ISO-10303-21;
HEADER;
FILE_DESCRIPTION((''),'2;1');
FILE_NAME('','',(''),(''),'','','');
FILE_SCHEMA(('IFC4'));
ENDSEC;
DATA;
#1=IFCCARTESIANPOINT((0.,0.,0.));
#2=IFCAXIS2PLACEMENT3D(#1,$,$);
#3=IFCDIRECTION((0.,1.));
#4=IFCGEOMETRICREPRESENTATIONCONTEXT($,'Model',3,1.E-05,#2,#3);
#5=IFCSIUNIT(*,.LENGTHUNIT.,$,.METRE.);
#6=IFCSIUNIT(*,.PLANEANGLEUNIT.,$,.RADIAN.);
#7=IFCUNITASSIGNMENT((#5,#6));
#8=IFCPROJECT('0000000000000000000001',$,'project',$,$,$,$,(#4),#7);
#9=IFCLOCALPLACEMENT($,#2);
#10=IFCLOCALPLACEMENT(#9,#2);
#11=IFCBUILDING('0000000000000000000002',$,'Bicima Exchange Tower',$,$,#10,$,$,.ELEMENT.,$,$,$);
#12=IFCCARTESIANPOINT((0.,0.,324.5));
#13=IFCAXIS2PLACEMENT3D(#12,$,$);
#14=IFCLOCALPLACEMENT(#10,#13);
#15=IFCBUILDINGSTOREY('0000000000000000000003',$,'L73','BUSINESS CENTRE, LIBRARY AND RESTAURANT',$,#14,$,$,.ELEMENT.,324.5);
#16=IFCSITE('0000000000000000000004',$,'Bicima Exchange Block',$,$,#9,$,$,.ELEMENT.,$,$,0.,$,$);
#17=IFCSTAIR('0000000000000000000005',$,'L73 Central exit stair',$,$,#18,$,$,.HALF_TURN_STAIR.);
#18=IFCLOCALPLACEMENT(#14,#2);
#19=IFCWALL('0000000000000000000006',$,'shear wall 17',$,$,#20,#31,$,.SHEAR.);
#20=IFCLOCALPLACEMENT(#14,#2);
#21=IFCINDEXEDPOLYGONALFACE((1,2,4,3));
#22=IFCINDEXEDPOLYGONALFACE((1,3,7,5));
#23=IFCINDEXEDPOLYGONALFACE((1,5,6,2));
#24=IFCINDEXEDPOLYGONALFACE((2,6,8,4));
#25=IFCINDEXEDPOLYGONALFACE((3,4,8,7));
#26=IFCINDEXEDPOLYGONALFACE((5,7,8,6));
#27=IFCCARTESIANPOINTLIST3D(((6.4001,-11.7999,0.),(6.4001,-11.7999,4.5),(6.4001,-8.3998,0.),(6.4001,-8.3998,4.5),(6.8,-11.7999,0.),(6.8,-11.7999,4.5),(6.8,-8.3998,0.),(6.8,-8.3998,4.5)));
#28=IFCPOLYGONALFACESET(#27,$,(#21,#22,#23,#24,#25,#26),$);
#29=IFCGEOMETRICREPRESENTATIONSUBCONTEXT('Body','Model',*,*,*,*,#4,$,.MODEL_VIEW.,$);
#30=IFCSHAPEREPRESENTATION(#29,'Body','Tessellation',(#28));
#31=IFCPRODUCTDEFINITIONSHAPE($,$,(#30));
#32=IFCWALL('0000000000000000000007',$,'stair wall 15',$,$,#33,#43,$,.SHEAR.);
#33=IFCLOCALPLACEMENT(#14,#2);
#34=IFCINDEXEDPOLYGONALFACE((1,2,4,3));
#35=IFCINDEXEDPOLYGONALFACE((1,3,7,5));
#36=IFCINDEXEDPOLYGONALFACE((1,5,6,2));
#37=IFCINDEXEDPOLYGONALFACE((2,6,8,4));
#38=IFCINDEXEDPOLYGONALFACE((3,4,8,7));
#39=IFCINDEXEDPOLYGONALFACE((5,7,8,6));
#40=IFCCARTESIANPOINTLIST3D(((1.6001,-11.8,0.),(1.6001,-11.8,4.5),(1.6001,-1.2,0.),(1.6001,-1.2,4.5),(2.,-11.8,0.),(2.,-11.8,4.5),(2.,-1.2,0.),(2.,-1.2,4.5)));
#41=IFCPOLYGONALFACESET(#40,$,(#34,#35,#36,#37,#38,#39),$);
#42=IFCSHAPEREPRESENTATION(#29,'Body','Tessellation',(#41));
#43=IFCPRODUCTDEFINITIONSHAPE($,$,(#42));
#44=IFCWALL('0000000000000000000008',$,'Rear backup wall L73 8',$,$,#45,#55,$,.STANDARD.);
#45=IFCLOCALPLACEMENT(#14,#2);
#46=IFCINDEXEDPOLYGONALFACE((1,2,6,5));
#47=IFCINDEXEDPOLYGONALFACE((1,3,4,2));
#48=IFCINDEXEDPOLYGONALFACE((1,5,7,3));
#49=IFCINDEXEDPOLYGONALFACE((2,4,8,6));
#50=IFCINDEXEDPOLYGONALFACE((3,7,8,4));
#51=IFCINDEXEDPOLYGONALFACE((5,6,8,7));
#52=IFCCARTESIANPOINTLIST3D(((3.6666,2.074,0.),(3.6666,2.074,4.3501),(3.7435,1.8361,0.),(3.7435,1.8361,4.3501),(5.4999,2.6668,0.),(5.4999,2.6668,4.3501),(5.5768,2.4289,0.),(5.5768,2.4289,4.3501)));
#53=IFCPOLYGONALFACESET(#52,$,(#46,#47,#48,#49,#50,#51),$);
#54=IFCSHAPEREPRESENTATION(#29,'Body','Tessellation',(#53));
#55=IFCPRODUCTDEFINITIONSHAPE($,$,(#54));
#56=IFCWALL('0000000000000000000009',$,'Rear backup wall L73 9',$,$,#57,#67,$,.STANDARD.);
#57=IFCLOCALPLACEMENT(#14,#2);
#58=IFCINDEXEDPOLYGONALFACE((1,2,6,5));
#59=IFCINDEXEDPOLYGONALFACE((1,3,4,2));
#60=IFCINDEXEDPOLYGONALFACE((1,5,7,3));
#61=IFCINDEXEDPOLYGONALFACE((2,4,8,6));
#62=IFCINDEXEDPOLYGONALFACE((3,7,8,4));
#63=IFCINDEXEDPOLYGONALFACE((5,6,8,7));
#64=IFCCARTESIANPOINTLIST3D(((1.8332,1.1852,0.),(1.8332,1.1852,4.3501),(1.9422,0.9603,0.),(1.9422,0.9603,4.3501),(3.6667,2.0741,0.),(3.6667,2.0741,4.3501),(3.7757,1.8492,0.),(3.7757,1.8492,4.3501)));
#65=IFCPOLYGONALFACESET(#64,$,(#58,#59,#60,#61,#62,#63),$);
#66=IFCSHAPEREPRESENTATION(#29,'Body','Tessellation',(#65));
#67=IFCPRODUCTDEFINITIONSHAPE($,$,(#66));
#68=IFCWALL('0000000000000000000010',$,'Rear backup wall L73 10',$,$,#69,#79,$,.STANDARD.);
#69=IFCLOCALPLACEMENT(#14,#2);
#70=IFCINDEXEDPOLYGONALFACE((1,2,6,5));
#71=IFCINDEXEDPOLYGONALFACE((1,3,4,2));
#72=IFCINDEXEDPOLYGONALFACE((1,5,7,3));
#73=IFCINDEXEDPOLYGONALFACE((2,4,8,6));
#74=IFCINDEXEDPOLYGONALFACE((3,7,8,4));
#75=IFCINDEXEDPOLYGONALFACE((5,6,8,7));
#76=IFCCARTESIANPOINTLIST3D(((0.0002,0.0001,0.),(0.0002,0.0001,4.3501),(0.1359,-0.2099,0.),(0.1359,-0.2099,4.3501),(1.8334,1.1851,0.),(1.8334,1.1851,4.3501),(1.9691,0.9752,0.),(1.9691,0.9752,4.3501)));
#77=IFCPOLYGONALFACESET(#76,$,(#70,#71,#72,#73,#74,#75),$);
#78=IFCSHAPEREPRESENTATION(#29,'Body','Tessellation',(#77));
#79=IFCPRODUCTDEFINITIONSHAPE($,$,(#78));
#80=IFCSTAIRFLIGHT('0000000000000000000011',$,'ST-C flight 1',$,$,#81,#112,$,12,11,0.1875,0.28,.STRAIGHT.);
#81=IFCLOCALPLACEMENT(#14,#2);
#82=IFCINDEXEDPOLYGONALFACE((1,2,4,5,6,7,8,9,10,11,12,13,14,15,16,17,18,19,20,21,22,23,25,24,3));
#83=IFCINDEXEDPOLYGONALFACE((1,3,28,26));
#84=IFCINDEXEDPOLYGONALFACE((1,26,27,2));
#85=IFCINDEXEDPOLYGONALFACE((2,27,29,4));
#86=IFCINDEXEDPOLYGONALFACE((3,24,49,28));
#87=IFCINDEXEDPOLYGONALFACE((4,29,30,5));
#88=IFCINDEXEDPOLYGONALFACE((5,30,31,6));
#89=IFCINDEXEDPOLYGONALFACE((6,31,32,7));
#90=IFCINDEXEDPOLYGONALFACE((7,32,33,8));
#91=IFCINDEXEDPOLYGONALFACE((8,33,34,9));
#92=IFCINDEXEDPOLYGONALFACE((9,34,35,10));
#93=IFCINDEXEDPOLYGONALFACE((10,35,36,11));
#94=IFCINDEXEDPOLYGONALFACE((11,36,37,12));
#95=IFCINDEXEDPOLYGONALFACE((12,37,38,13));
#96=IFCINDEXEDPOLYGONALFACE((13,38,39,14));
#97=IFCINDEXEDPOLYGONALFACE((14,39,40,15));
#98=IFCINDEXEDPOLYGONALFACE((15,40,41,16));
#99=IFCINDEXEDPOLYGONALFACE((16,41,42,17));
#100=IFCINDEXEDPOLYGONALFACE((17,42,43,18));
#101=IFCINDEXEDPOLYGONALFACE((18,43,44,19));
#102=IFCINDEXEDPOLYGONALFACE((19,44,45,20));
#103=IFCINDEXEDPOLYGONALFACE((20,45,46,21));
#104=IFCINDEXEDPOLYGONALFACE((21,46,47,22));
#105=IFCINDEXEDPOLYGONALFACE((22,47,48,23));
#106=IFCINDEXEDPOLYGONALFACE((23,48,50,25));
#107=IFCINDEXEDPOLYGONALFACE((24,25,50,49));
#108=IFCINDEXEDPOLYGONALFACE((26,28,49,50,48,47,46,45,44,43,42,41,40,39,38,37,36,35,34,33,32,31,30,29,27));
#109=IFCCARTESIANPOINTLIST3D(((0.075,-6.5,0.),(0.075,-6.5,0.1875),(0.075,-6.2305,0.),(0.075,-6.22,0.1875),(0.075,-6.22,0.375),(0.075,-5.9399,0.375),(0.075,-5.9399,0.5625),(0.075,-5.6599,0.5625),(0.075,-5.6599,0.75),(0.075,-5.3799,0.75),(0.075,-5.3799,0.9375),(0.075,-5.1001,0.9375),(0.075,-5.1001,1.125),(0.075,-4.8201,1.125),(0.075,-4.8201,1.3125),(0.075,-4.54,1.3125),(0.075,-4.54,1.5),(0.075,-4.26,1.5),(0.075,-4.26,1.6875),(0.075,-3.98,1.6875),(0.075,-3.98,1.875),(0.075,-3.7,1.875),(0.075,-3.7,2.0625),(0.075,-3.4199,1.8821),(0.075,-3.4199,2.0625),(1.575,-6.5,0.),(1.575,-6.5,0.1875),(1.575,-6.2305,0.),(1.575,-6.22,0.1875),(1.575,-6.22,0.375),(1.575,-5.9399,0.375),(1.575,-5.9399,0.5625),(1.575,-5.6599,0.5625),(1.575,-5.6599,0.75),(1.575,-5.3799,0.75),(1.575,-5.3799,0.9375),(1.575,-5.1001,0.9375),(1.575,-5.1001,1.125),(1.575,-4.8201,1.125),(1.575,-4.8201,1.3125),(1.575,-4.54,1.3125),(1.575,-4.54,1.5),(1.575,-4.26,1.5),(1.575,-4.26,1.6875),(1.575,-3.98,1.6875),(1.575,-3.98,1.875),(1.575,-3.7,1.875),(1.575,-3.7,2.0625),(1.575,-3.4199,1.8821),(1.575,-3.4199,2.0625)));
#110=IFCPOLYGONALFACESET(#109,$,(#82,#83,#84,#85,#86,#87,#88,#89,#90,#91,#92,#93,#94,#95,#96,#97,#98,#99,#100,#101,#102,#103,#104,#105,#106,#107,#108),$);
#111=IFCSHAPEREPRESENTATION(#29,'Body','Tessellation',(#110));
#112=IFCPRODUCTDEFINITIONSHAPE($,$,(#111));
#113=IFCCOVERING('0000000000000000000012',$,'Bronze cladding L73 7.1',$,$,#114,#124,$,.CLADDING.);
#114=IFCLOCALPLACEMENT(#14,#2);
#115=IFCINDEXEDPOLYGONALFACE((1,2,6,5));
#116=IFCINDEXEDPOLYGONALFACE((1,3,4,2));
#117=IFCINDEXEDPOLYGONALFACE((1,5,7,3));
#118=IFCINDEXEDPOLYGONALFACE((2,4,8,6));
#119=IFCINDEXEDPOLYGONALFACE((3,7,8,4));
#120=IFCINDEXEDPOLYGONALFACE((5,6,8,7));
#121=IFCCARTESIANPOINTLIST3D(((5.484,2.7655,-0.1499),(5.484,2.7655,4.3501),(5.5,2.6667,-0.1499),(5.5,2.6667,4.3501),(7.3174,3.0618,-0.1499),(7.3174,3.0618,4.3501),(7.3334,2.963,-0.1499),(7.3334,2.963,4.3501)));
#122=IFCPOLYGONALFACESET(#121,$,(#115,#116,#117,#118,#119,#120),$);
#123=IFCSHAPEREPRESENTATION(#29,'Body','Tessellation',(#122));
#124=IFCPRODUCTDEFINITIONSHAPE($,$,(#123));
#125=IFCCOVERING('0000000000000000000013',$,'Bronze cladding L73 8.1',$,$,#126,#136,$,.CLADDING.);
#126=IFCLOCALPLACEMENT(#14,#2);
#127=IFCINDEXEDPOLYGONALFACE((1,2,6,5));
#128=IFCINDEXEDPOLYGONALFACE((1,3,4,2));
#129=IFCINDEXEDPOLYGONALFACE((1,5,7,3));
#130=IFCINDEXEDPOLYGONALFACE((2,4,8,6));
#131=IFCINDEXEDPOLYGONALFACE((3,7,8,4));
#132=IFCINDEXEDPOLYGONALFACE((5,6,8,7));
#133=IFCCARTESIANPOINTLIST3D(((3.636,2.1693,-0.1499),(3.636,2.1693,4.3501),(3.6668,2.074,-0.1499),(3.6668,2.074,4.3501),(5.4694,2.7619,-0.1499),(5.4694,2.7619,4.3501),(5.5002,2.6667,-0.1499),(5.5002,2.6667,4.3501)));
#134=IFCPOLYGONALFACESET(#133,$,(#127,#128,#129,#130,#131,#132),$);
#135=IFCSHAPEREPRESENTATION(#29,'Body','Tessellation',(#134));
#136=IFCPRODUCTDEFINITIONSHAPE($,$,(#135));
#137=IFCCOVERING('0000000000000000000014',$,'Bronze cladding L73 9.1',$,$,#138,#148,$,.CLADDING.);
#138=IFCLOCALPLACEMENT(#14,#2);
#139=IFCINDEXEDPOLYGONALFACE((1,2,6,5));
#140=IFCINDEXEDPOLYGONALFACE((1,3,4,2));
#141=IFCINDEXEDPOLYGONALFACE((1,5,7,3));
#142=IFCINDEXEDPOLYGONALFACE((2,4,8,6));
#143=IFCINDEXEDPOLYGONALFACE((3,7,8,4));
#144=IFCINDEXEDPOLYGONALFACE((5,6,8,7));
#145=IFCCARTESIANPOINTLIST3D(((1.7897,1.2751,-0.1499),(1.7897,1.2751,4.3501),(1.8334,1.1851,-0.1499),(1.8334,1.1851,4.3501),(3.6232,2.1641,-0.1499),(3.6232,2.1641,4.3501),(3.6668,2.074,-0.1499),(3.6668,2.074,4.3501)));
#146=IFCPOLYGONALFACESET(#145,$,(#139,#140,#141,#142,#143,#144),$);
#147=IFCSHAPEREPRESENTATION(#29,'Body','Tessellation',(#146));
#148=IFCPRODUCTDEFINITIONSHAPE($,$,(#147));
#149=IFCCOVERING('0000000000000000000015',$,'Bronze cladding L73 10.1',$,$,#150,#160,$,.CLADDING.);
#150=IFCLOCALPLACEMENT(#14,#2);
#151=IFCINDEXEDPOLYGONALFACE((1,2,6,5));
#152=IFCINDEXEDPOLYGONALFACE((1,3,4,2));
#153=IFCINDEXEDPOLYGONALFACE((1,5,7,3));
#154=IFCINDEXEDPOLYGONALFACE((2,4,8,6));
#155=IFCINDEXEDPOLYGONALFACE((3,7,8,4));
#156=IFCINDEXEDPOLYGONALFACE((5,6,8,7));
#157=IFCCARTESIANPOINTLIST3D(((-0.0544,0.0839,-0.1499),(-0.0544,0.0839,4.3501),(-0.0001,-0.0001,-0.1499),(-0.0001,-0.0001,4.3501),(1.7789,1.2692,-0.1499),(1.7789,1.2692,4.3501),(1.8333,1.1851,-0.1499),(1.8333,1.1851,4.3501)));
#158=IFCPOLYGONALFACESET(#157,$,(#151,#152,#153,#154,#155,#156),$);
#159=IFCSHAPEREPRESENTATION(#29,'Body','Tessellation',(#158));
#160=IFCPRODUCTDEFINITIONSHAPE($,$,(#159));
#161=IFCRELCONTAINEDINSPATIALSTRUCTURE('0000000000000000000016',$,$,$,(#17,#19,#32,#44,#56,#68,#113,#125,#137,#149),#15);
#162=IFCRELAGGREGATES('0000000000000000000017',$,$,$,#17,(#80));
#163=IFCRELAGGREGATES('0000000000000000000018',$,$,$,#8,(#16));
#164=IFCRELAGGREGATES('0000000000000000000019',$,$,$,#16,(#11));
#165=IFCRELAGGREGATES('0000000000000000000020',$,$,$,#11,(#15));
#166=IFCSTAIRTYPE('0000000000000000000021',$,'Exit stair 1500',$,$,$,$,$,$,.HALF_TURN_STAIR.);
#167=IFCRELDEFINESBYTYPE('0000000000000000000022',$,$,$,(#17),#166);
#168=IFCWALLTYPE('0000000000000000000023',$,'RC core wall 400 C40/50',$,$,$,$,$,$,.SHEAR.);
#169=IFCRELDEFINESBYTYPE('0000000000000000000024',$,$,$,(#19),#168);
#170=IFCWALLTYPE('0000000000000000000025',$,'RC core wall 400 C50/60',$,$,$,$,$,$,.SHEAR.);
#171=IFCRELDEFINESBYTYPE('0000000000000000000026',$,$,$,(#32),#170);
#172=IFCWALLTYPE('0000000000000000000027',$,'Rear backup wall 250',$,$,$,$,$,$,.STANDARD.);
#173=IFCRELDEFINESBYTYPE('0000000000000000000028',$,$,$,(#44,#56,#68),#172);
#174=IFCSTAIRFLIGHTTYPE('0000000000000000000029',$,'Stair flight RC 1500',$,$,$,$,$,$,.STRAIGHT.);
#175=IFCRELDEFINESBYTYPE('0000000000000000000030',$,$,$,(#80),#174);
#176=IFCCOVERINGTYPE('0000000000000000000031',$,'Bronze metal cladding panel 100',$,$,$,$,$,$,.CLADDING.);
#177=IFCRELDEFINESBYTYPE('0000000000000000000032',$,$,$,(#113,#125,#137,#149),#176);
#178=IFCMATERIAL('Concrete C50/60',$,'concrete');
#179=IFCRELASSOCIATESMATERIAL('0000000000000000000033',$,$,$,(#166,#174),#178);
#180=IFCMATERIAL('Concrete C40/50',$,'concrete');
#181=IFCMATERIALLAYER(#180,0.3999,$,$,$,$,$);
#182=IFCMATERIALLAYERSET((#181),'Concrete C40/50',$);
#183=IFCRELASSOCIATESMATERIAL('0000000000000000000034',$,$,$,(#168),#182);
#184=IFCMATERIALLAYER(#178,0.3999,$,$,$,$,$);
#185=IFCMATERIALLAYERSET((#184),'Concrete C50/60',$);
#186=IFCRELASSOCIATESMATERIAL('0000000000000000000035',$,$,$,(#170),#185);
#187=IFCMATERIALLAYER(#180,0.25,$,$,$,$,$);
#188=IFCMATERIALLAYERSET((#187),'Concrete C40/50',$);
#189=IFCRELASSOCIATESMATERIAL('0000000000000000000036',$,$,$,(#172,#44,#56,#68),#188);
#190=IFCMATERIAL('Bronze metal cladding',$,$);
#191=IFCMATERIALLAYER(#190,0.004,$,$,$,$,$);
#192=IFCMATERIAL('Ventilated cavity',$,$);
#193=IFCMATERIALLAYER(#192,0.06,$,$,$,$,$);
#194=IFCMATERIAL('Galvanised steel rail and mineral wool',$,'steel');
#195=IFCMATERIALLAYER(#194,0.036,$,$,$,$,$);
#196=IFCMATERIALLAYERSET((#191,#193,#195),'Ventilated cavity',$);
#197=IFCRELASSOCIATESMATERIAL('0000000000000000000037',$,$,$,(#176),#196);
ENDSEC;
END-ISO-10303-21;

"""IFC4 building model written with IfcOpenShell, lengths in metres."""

from ifc_helpers import new_model, si_unit, direction, frame, frame_2d, origin, origin_2d, place, context, subcontext, project, spatial, polyline, rectangle, outline, extrude, material, layer, layer_set, layer_usage, type_object, element, aggregate, save


model = new_model("IFC4")

# Units and contexts
model_context = context("Model", 3, precision=1e-05, world=origin(), true_north=direction((0.0, 1.0)))
body_context = subcontext(model_context, "Body", "Model", "MODEL_VIEW")
ifc_project = project(units=[si_unit("LENGTHUNIT", "METRE"), si_unit("PLANEANGLEUNIT", "RADIAN")], contexts=[model_context])

# Site, building, storey
site_placement = place(None, origin())
site = spatial("IfcSite", under=ifc_project, at=site_placement, Name="Bicima Exchange Block", CompositionType="ELEMENT", RefElevation=0.0)
building_placement = place(site_placement, origin())
building = spatial("IfcBuilding", under=site, at=building_placement, Name="Bicima Exchange Tower", CompositionType="ELEMENT")
storey_placement = place(building_placement, frame((0.0, 0.0, 324.5)))
storey = spatial("IfcBuildingStorey", under=building, at=storey_placement, Name="L73", Description="BUSINESS CENTRE, LIBRARY AND RESTAURANT", CompositionType="ELEMENT", Elevation=324.5)

# Shared definitions
ifc_material_1 = material(Name="Concrete C40/50", Category="concrete")

# Stair
ifc_material_2 = material(Name="Concrete C50/60", Category="concrete")
stair_type_1 = type_object("IfcStairType", Name="Exit stair 1500", PredefinedType="HALF_TURN_STAIR", material=ifc_material_2)
stair_1_placement = place(storey_placement, origin())
stair_1 = element("IfcStair", 1, at=stair_1_placement, inside=storey, type_object=stair_type_1, Name="L73 Central exit stair", PredefinedType="HALF_TURN_STAIR")

# Shared definitions
ifc_layer_1 = layer(ifc_material_1, 0.3999)
ifc_layer_set_1 = layer_set([ifc_layer_1], Name="Concrete C40/50")
wall_type_1 = type_object("IfcWallType", Name="RC core wall 400 C40/50", PredefinedType="SHEAR", material=ifc_layer_set_1)

# Walls
wall_1_placement = place(storey_placement, frame((6.6001, -11.8, 0.0), z_axis=(0.0, 0.0, 1.0), x_axis=(0.0, 1.0, 0.0)))
element("IfcWall", 2, at=wall_1_placement, inside=storey, type_object=wall_type_1, Name="shear wall 17", PredefinedType="SHEAR", context=body_context, shape_type="SweptSolid", body=[
    extrude(rectangle(XDim=3.4001, YDim=0.3999, at=frame_2d((1.7002, 0.0))), origin(), (0.0, 0.0, 1.0), 4.5),
])
ifc_layer_2 = layer(ifc_material_2, 0.3999)
ifc_layer_set_2 = layer_set([ifc_layer_2], Name="Concrete C50/60")
wall_type_2 = type_object("IfcWallType", Name="RC core wall 400 C50/60", PredefinedType="SHEAR", material=ifc_layer_set_2)
wall_2_placement = place(storey_placement, frame((1.8, -11.8, 0.0), z_axis=(0.0, 0.0, 1.0), x_axis=(0.0, 1.0, 0.0)))
element("IfcWall", 3, at=wall_2_placement, inside=storey, type_object=wall_type_2, Name="stair wall 15", PredefinedType="SHEAR", context=body_context, shape_type="SweptSolid", body=[
    extrude(rectangle(XDim=10.6001, YDim=0.3999, at=frame_2d((5.3, 0.0))), origin(), (0.0, 0.0, 1.0), 4.5),
])
ifc_layer_3 = layer(ifc_material_1, 0.25)
ifc_layer_set_3 = layer_set([ifc_layer_3], Name="Concrete C40/50")
ifc_layer_usage = layer_usage(ifc_layer_set_3, "AXIS2", "POSITIVE", -0.125)
wall_type_3 = type_object("IfcWallType", Name="Rear backup wall 250", PredefinedType="STANDARD", material=ifc_layer_set_3)
wall_3_placement = place(storey_placement, frame((5.5383, 2.5479, 0.0), z_axis=(0.0, 0.0, 1.0), x_axis=(-0.951496, -0.307662, 0.0)))
element("IfcWall", 4, at=wall_3_placement, inside=storey, type_object=wall_type_3, material=ifc_layer_usage, Name="Rear backup wall L73 8", PredefinedType="STANDARD", context=body_context, shape_type="SweptSolid", body=[
    extrude(rectangle(XDim=1.9268, YDim=0.25, at=frame_2d((0.9634, 0.0))), origin(), (0.0, 0.0, 1.0), 4.3501),
])
wall_4_placement = place(storey_placement, frame((3.7212, 1.9617, 0.0), z_axis=(0.0, 0.0, 1.0), x_axis=(-0.899824, -0.436253, 0.0)))
element("IfcWall", 5, at=wall_4_placement, inside=storey, type_object=wall_type_3, material=ifc_layer_usage, Name="Rear backup wall L73 9", PredefinedType="STANDARD", context=body_context, shape_type="SweptSolid", body=[
    extrude(rectangle(XDim=2.0376, YDim=0.25, at=frame_2d((1.0188, 0.0))), origin(), (0.0, 0.0, 1.0), 4.3501),
])
wall_5_placement = place(storey_placement, frame((1.9011, 1.0801, 0.0), z_axis=(0.0, 0.0, 1.0), x_axis=(-0.839813, -0.542876, 0.0)))
element("IfcWall", 6, at=wall_5_placement, inside=storey, type_object=wall_type_3, material=ifc_layer_usage, Name="Rear backup wall L73 10", PredefinedType="STANDARD", context=body_context, shape_type="SweptSolid", body=[
    extrude(rectangle(XDim=2.1829, YDim=0.25, at=frame_2d((1.0913, 0.0))), origin(), (0.0, 0.0, 1.0), 4.3501),
])

# Stair flight
stair_flight_type = type_object("IfcStairFlightType", Name="Stair flight RC 1500", PredefinedType="STRAIGHT", material=ifc_material_2)
stair_flight_placement = place(storey_placement, frame((0.825, -6.5, 0.0), z_axis=(0.0, 0.0, 1.0), x_axis=(0.0, 1.0, 0.0)))
stair_flight = element("IfcStairFlight", 7, at=stair_flight_placement, type_object=stair_flight_type, Name="ST-C flight 1", NumberOfRisers=12, NumberOfTreads=11, PredefinedType="STRAIGHT", RiserHeight=0.1875, TreadLength=0.28, context=body_context, shape_type="SweptSolid", body=[
    extrude(outline(polyline([(0.0, 0.0), (0.0, 0.1875), (0.28, 0.1875), (0.28, 0.375), (0.5601, 0.375), (0.5601, 0.5625), (0.8401, 0.5625), (0.8401, 0.75), (1.1201, 0.75), (1.1201, 0.9375), (1.3999, 0.9375), (1.3999, 1.125), (1.6799, 1.125), (1.6799, 1.3125), (1.96, 1.3125), (1.96, 1.5), (2.24, 1.5), (2.24, 1.6875), (2.52, 1.6875), (2.52, 1.875), (2.8, 1.875), (2.8, 2.0625), (3.0801, 2.0625), (3.0801, 2.25), (3.0801, 1.8821), (0.2695, 0.0), (0.0, 0.0)])), frame((0.0, 0.75, 0.0), z_axis=(0.0, -1.0, 0.0), x_axis=(1.0, 0.0, 0.0)), (0.0, 0.0, 1.0), 1.5),
])
aggregate(stair_1, [stair_flight])

# Coverings
ifc_material_3 = material(Name="Bronze metal cladding")
ifc_layer_4 = layer(ifc_material_3, 0.004)
ifc_material_4 = material(Name="Ventilated cavity")
ifc_layer_5 = layer(ifc_material_4, 0.06)
ifc_material_5 = material(Name="Galvanised steel rail and mineral wool", Category="steel")
ifc_layer_6 = layer(ifc_material_5, 0.036)
ifc_layer_set_4 = layer_set([ifc_layer_4, ifc_layer_5, ifc_layer_6], Name="Ventilated cavity")
covering_type = type_object("IfcCoveringType", Name="Bronze metal cladding panel 100", PredefinedType="CLADDING", material=ifc_layer_set_4)
covering_1_placement = place(storey_placement, frame((6.4087, 2.8643, -0.1499), z_axis=(0.0, 0.0, 1.0), x_axis=(-0.98719, -0.15955, 0.0)))
element("IfcCovering", 8, at=covering_1_placement, inside=storey, type_object=covering_type, Name="Bronze cladding L73 7.1", PredefinedType="CLADDING", context=body_context, shape_type="SweptSolid", body=[
    extrude(rectangle(XDim=1.8572, YDim=0.1001, at=origin_2d()), origin(), (0.0, 0.0, 1.0), 4.5),
])
covering_2_placement = place(storey_placement, frame((4.5681, 2.418, -0.1499), z_axis=(0.0, 0.0, 1.0), x_axis=(-0.951525, -0.307573, 0.0)))
element("IfcCovering", 9, at=covering_2_placement, inside=storey, type_object=covering_type, Name="Bronze cladding L73 8.1", PredefinedType="CLADDING", context=body_context, shape_type="SweptSolid", body=[
    extrude(rectangle(XDim=1.9268, YDim=0.1001, at=origin_2d()), origin(), (0.0, 0.0, 1.0), 4.5),
])
covering_3_placement = place(storey_placement, frame((2.7283, 1.6746, -0.1499), z_axis=(0.0, 0.0, 1.0), x_axis=(-0.899818, -0.436265, 0.0)))
element("IfcCovering", 10, at=covering_3_placement, inside=storey, type_object=covering_type, Name="Bronze cladding L73 9.1", PredefinedType="CLADDING", context=body_context, shape_type="SweptSolid", body=[
    extrude(rectangle(XDim=2.0376, YDim=0.1001, at=origin_2d()), origin(), (0.0, 0.0, 1.0), 4.5),
])
covering_4_placement = place(storey_placement, frame((0.8894, 0.6345, -0.1499), z_axis=(0.0, 0.0, 1.0), x_axis=(-0.83979, -0.542911, 0.0)))
element("IfcCovering", 11, at=covering_4_placement, inside=storey, type_object=covering_type, Name="Bronze cladding L73 10.1", PredefinedType="CLADDING", context=body_context, shape_type="SweptSolid", body=[
    extrude(rectangle(XDim=2.1831, YDim=0.1001, at=origin_2d()), origin(), (0.0, 0.0, 1.0), 4.5),
])

save(model, "model.ifc")
